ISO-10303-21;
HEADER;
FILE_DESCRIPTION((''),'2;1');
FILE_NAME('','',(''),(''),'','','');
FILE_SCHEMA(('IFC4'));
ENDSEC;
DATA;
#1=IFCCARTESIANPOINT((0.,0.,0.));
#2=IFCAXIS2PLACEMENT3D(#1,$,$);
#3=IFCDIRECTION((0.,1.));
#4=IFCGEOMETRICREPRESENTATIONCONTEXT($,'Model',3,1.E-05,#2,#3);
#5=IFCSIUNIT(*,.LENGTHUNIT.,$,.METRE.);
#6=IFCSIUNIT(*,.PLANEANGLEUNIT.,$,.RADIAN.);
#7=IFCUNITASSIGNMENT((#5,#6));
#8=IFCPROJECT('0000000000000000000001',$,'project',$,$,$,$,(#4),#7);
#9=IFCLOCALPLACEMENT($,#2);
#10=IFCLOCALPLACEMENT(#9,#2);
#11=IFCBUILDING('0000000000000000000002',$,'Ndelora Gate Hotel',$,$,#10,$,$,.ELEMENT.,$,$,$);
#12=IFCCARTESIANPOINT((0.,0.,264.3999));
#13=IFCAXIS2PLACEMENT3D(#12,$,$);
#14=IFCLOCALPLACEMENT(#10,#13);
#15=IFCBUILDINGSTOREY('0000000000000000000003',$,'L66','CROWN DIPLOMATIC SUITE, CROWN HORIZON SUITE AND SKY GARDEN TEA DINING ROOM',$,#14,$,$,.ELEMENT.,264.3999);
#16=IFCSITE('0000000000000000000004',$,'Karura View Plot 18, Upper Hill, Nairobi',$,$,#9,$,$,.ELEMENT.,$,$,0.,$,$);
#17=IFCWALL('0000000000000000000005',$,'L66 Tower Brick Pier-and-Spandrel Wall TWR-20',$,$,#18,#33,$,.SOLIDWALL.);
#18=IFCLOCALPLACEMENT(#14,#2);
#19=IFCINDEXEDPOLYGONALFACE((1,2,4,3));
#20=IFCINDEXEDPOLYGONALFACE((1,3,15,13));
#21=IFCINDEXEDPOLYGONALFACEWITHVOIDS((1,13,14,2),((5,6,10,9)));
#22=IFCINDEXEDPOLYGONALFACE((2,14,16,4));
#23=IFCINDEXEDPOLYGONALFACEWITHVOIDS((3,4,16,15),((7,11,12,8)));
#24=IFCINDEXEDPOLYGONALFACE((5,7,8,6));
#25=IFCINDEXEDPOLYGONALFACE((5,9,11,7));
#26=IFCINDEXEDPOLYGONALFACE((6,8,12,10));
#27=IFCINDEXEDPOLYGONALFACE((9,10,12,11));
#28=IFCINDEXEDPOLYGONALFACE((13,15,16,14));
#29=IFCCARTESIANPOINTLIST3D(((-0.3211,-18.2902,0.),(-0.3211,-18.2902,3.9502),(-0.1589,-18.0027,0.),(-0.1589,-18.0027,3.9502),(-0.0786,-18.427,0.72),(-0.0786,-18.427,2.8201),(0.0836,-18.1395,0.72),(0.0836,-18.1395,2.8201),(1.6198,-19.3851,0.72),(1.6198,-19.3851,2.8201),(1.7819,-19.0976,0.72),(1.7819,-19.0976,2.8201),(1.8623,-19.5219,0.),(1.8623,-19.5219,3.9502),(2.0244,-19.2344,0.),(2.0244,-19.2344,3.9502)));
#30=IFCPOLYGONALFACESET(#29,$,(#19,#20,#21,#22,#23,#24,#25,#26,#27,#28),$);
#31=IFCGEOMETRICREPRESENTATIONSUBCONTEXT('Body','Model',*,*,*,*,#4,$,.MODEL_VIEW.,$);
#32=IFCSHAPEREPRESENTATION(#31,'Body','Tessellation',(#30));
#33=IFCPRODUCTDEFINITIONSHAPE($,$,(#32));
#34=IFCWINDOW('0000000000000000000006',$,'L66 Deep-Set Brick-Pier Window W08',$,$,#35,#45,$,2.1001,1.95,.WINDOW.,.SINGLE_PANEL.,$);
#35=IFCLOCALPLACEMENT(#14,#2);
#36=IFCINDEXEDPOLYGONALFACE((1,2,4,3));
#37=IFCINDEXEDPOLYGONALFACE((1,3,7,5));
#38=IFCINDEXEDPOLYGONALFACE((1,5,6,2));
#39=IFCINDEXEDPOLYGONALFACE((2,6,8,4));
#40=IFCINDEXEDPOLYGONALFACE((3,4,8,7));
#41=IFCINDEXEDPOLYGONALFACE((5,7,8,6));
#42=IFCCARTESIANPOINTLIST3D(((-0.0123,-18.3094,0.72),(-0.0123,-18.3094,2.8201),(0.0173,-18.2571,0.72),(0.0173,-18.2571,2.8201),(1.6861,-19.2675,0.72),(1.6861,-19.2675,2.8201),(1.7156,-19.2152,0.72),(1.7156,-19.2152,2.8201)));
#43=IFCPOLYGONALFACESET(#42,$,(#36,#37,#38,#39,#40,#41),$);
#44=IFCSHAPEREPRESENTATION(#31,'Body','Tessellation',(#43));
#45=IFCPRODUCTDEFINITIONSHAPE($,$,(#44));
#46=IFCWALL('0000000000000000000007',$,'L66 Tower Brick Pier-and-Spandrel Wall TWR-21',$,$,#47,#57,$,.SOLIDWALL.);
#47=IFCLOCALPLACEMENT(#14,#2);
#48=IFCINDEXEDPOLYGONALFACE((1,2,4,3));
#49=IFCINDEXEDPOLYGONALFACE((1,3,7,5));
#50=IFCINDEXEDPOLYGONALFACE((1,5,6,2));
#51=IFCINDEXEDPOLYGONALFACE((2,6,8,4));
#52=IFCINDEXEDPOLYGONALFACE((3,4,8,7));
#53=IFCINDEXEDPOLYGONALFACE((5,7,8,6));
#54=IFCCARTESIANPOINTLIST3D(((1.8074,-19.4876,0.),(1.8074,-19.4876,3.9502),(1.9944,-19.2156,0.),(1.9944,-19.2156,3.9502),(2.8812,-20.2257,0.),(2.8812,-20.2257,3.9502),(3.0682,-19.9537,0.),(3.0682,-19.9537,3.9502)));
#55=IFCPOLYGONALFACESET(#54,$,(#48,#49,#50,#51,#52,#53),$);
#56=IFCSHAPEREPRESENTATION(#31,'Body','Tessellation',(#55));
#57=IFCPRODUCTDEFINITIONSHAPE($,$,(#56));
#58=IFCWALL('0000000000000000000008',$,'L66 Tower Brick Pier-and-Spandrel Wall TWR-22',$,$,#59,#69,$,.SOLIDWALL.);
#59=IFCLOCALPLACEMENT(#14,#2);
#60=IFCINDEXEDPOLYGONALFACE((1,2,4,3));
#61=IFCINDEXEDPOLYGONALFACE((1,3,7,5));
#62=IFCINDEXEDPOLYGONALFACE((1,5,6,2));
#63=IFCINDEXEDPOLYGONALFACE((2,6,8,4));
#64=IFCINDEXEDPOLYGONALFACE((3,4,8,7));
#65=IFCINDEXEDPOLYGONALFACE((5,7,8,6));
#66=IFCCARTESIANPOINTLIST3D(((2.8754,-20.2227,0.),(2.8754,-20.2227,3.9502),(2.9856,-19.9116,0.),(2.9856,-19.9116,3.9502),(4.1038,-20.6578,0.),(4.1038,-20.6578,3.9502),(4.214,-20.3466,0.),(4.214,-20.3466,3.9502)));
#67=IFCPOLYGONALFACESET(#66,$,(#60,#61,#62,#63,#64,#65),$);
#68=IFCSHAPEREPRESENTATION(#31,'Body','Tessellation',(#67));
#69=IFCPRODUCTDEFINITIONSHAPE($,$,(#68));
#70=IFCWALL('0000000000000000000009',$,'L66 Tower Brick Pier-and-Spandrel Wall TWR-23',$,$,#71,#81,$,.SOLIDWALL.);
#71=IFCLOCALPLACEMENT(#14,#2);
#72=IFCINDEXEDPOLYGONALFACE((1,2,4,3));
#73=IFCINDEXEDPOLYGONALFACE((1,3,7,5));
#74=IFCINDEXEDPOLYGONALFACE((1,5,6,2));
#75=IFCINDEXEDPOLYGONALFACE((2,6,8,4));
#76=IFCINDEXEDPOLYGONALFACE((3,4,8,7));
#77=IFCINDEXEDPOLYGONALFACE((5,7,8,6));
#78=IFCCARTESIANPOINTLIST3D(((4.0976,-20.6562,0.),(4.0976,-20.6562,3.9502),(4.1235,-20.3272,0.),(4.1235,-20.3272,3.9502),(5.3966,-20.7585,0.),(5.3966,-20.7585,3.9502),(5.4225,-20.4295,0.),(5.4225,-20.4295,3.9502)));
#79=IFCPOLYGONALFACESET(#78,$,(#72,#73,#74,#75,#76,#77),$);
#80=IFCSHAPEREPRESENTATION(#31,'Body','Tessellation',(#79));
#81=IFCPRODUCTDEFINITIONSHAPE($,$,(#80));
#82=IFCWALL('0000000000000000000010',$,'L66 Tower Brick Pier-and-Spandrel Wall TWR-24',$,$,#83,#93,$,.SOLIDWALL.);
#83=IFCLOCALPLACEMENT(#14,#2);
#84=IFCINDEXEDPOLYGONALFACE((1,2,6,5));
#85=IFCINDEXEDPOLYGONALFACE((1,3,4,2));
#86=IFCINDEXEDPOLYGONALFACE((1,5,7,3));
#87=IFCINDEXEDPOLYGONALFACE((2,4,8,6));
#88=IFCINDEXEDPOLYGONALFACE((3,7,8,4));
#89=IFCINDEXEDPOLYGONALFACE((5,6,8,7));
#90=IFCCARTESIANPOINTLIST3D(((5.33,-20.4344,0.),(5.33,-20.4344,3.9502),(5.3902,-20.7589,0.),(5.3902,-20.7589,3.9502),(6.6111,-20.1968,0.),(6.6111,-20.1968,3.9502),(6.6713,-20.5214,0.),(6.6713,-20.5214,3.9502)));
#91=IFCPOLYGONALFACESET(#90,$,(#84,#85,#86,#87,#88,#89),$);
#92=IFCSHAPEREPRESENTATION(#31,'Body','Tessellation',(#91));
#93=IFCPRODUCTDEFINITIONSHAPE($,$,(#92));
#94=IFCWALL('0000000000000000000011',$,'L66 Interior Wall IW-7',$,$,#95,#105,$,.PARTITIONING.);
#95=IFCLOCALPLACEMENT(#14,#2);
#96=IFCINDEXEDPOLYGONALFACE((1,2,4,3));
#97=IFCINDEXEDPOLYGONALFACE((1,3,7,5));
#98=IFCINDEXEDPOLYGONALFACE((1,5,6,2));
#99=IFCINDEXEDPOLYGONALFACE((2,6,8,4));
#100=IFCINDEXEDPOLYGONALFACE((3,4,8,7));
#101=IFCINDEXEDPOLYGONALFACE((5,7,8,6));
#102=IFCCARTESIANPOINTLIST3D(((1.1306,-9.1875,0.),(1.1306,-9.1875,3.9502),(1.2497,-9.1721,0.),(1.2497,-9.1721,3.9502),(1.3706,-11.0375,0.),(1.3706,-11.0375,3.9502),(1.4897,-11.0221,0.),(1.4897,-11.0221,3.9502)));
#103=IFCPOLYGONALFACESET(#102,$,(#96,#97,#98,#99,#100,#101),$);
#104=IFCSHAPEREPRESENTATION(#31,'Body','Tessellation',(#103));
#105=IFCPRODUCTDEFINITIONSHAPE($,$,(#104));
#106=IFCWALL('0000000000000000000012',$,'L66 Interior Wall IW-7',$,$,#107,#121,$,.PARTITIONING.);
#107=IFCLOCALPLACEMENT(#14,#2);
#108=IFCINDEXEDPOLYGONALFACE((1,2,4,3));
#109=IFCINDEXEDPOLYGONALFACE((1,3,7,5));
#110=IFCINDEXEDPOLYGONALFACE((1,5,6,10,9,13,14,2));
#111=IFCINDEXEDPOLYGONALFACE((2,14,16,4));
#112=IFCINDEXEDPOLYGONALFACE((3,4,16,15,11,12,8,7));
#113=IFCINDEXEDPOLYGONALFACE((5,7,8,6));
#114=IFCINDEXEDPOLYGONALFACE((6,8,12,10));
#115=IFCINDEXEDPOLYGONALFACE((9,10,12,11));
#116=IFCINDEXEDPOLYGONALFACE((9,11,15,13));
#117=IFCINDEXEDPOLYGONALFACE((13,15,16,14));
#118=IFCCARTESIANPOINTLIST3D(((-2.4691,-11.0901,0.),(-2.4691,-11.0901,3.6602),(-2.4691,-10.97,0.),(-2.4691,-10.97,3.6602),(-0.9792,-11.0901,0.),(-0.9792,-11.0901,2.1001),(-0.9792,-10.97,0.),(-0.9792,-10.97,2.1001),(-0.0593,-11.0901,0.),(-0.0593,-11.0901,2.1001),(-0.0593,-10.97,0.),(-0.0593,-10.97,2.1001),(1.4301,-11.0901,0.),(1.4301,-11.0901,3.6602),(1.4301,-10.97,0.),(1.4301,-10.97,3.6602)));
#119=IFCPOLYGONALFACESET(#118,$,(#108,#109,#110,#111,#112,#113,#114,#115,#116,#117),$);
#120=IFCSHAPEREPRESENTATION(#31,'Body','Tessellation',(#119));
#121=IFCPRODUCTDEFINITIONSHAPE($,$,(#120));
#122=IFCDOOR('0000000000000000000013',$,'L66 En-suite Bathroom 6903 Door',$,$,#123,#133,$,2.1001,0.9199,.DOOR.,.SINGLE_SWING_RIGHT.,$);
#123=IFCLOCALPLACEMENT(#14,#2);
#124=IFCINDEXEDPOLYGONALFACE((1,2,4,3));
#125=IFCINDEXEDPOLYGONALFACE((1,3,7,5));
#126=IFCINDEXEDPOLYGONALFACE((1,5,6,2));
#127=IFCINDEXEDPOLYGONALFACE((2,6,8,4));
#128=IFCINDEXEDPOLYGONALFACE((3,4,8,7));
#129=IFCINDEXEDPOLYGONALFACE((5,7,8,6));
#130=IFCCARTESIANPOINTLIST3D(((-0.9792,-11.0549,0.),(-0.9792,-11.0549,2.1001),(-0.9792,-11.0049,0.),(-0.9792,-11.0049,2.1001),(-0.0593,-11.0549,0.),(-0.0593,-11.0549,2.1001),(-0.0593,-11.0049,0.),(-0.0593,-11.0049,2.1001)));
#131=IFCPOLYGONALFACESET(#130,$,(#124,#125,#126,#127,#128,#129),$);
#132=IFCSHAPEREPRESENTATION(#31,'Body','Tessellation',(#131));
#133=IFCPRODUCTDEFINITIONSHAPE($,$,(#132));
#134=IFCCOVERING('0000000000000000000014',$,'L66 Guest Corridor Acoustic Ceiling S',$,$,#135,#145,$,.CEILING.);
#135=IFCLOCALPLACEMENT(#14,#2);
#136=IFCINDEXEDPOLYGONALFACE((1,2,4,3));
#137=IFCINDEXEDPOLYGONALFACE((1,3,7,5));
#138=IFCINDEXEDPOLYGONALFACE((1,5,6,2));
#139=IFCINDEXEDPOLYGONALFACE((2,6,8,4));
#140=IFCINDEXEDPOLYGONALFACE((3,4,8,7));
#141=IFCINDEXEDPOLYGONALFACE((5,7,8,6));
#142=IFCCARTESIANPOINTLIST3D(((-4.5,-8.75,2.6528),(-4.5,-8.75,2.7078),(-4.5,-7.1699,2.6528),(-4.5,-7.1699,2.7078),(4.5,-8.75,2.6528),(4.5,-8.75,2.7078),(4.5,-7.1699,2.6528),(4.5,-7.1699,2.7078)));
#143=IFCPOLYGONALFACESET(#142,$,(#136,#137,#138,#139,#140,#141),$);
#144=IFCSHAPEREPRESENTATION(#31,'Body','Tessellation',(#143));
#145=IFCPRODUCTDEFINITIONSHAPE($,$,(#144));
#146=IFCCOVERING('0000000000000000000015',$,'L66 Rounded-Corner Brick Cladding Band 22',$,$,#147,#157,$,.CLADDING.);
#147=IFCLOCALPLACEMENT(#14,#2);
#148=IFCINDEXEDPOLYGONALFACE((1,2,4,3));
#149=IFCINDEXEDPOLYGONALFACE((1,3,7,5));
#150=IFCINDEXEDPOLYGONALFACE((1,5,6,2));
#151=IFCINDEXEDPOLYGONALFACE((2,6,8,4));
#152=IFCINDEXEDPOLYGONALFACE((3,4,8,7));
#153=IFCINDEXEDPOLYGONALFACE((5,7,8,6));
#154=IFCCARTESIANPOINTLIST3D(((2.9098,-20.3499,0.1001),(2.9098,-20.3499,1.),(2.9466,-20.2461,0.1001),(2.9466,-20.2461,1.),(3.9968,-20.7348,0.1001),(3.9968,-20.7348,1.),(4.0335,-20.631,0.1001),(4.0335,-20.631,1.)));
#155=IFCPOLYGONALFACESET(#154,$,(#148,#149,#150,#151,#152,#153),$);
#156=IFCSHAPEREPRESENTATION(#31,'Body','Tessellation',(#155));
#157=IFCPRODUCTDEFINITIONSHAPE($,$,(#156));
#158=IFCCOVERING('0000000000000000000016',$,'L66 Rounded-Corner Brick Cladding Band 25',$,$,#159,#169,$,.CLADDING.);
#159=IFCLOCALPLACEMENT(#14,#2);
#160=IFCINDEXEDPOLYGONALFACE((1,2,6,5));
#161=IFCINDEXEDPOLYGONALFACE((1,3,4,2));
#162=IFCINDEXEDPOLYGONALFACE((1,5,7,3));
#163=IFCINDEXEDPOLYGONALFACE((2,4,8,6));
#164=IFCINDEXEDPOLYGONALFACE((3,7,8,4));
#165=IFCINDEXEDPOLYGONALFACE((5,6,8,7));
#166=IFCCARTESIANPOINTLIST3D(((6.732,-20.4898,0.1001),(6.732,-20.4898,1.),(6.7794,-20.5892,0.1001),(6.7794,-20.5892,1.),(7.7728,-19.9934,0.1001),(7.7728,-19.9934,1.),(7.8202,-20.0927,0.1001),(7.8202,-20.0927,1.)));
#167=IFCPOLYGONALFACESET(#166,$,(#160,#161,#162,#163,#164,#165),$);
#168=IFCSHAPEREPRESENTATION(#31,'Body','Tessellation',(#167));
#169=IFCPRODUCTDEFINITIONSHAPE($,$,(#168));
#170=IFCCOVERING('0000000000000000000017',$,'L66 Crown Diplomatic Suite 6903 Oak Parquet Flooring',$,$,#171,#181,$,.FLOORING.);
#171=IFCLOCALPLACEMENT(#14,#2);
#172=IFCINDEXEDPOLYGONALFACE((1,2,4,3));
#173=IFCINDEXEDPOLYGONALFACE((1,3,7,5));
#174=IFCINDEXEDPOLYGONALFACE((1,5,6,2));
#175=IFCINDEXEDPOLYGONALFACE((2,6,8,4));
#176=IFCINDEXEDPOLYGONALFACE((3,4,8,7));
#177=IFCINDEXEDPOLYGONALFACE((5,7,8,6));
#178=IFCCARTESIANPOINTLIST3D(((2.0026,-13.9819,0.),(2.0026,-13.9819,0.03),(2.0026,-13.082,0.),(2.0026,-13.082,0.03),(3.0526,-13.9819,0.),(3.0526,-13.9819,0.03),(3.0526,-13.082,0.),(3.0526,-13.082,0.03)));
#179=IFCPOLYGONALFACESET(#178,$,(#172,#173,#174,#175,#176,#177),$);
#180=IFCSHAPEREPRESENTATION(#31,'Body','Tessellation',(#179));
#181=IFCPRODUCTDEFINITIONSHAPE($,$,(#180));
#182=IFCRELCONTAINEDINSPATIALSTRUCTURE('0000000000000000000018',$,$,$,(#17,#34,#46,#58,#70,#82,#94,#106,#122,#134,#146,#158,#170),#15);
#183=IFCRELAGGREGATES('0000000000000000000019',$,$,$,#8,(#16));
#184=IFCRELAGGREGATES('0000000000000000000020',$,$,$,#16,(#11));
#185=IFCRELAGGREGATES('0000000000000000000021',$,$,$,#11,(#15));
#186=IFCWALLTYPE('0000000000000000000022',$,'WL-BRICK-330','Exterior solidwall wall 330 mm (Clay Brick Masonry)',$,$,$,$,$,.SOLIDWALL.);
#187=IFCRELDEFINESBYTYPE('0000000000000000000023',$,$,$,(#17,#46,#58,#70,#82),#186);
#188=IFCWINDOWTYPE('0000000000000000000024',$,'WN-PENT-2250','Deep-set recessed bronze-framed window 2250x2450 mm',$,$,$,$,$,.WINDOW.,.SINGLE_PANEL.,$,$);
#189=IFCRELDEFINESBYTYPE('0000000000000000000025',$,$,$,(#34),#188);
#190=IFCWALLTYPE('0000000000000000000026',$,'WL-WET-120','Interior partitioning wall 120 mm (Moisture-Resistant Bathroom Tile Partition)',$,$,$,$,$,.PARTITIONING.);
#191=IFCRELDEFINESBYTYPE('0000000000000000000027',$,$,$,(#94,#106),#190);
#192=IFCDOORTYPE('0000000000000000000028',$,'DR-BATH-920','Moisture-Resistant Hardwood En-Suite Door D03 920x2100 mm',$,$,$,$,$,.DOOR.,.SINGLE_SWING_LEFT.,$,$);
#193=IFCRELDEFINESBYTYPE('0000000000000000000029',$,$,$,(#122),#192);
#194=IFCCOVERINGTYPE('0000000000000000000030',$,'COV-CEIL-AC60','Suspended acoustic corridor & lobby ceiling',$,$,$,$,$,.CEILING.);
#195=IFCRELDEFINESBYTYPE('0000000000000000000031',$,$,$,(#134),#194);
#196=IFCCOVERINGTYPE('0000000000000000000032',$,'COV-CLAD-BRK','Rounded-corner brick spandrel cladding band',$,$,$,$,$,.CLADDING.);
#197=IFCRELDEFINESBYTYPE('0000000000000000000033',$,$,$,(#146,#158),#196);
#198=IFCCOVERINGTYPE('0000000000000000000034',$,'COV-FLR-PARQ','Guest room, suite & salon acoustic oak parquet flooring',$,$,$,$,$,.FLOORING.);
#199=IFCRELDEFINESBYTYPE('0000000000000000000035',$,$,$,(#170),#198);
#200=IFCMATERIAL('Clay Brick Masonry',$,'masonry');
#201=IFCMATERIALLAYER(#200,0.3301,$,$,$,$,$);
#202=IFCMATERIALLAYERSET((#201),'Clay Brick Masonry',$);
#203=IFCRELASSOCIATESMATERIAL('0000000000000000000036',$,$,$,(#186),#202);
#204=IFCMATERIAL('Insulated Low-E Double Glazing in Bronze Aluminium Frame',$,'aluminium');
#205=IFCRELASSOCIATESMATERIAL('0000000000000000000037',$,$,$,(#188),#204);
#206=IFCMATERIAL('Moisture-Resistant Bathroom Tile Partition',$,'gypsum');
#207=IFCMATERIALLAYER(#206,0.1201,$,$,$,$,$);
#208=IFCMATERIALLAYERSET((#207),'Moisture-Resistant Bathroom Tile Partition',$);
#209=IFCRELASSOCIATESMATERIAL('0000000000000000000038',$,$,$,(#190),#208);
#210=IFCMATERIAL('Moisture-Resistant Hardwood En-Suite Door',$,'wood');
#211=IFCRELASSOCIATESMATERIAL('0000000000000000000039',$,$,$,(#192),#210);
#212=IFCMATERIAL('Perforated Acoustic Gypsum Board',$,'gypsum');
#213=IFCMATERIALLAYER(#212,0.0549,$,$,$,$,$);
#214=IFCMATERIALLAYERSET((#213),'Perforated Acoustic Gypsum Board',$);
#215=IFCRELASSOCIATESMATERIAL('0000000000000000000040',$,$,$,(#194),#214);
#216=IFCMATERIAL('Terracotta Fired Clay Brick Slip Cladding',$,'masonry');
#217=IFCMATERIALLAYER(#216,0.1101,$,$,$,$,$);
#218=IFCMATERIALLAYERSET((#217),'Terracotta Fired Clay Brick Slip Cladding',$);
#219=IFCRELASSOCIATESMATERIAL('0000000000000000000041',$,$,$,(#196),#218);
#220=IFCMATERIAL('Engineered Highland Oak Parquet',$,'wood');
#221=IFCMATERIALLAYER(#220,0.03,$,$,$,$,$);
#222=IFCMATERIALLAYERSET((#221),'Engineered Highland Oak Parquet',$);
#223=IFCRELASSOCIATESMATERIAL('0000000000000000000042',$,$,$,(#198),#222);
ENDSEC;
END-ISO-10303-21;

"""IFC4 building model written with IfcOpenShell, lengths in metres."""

from ifc_helpers import new_model, si_unit, direction, frame, frame_2d, origin, origin_2d, place, context, subcontext, project, spatial, rectangle, extrude, material, layer, layer_set, type_object, element, fill, save


model = new_model("IFC4")

# Units and contexts
model_context = context("Model", 3, precision=1e-05, world=origin(), true_north=direction((0.0, 1.0)))
body_context = subcontext(model_context, "Body", "Model", "MODEL_VIEW")
ifc_project = project(units=[si_unit("LENGTHUNIT", "METRE"), si_unit("PLANEANGLEUNIT", "RADIAN")], contexts=[model_context])

# Site, building, storey
site_placement = place(None, origin())
site = spatial("IfcSite", under=ifc_project, at=site_placement, Name="Karura View Plot 18, Upper Hill, Nairobi", CompositionType="ELEMENT", RefElevation=0.0)
building_placement = place(site_placement, origin())
building = spatial("IfcBuilding", under=site, at=building_placement, Name="Ndelora Gate Hotel", CompositionType="ELEMENT")
storey_placement = place(building_placement, frame((0.0, 0.0, 264.3999)))
storey = spatial("IfcBuildingStorey", under=building, at=storey_placement, Name="L66", Description="CROWN DIPLOMATIC SUITE, CROWN HORIZON SUITE AND SKY GARDEN TEA DINING ROOM", CompositionType="ELEMENT", Elevation=264.3999)

# Wall, opening, window
ifc_material_1 = material(Name="Clay Brick Masonry", Category="masonry")
ifc_layer_1 = layer(ifc_material_1, 0.3301)
ifc_layer_set_1 = layer_set([ifc_layer_1], Name="Clay Brick Masonry")
wall_type_1 = type_object("IfcWallType", Name="WL-BRICK-330", Description="Exterior solidwall wall 330 mm (Clay Brick Masonry)", PredefinedType="SOLIDWALL", material=ifc_layer_set_1)
ifc_material_2 = material(Name="Insulated Low-E Double Glazing in Bronze Aluminium Frame", Category="aluminium")
window_type = type_object("IfcWindowType", Name="WN-PENT-2250", Description="Deep-set recessed bronze-framed window 2250x2450 mm", PartitioningType="SINGLE_PANEL", PredefinedType="WINDOW", material=ifc_material_2)
wall_1_placement = place(storey_placement, frame((1.9434, -19.3782, 0.0), z_axis=(0.0, 0.0, 1.0), x_axis=(-0.870969, 0.491338, 0.0)))
wall_1 = element("IfcWall", 1, at=wall_1_placement, inside=storey, type_object=wall_type_1, Name="L66 Tower Brick Pier-and-Spandrel Wall TWR-20", PredefinedType="SOLIDWALL", context=body_context, shape_type="SweptSolid", body=[
    extrude(rectangle(XDim=2.5068, YDim=0.3301, at=frame_2d((1.2534, 0.0))), origin(), (0.0, 0.0, 1.0), 3.9502),
])
opening_1_placement = place(wall_1_placement, frame((0.2783, 0.0, 0.72)))
opening_1 = element("IfcOpeningElement", 2, at=opening_1_placement, cuts=wall_1, PredefinedType="OPENING", context=body_context, shape_type="SweptSolid", body=[
    extrude(rectangle(XDim=1.95, YDim=2.1001, at=frame_2d((0.9751, 1.05))), frame((0.0, 0.175, 0.0), z_axis=(0.0, -1.0, 0.0), x_axis=(1.0, 0.0, 0.0)), (0.0, 0.0, 1.0), 0.3501),
])
window_1_placement = place(opening_1_placement, origin())
window_1 = element("IfcWindow", 3, at=window_1_placement, inside=storey, type_object=window_type, Name="L66 Deep-Set Brick-Pier Window W08", OverallHeight=2.1001, OverallWidth=1.95, PartitioningType="SINGLE_PANEL", PredefinedType="WINDOW", context=body_context, shape_type="SweptSolid", body=[
    extrude(rectangle(XDim=1.95, YDim=2.1001, at=frame_2d((0.9751, 1.05))), frame((0.0, 0.03, 0.0), z_axis=(0.0, -1.0, 0.0), x_axis=(1.0, 0.0, 0.0)), (0.0, 0.0, 1.0), 0.0601),
])
fill(opening_1, window_1)

# Walls
wall_2_placement = place(storey_placement, frame((2.9746, -20.0896, 0.0), z_axis=(0.0, 0.0, 1.0), x_axis=(-0.824097, 0.566449, 0.0)))
element("IfcWall", 4, at=wall_2_placement, inside=storey, type_object=wall_type_1, Name="L66 Tower Brick Pier-and-Spandrel Wall TWR-21", PredefinedType="SOLIDWALL", context=body_context, shape_type="SweptSolid", body=[
    extrude(rectangle(XDim=1.303, YDim=0.3301, at=frame_2d((0.6514, 0.0))), origin(), (0.0, 0.0, 1.0), 3.9502),
])
wall_3_placement = place(storey_placement, frame((4.1589, -20.5022, 0.0), z_axis=(0.0, 0.0, 1.0), x_axis=(-0.942637, 0.333819, 0.0)))
element("IfcWall", 5, at=wall_3_placement, inside=storey, type_object=wall_type_1, Name="L66 Tower Brick Pier-and-Spandrel Wall TWR-22", PredefinedType="SOLIDWALL", context=body_context, shape_type="SweptSolid", body=[
    extrude(rectangle(XDim=1.3032, YDim=0.3301, at=frame_2d((0.6516, 0.0))), origin(), (0.0, 0.0, 1.0), 3.9502),
])
for number, where, z_axis, x_axis, name in (
    (6, (5.4094, -20.594, 0.0), (0.0, 0.0, 1.0), (-0.996914, 0.078502, 0.0), "L66 Tower Brick Pier-and-Spandrel Wall TWR-23"),
    (7, (6.6411, -20.3591, 0.0), (0.0, 0.0, 1.0), (-0.983243, -0.182297, 0.0), "L66 Tower Brick Pier-and-Spandrel Wall TWR-24"),
):
    element("IfcWall", number, at=place(storey_placement, frame(where, z_axis=z_axis, x_axis=x_axis)), inside=storey, type_object=wall_type_1, Name=name, PredefinedType="SOLIDWALL", context=body_context, shape_type="SweptSolid", body=[
        extrude(rectangle(XDim=1.303, YDim=0.3301, at=frame_2d((0.6514, 0.0))), origin(), (0.0, 0.0, 1.0), 3.9502),
    ])
ifc_material_3 = material(Name="Moisture-Resistant Bathroom Tile Partition", Category="gypsum")
ifc_layer_2 = layer(ifc_material_3, 0.1201)
ifc_layer_set_2 = layer_set([ifc_layer_2], Name="Moisture-Resistant Bathroom Tile Partition")
wall_type_2 = type_object("IfcWallType", Name="WL-WET-120", Description="Interior partitioning wall 120 mm (Moisture-Resistant Bathroom Tile Partition)", PredefinedType="PARTITIONING", material=ifc_layer_set_2)
wall_4_placement = place(storey_placement, frame((1.1902, -9.1799, 0.0), z_axis=(0.0, 0.0, 1.0), x_axis=(0.12864, -0.991691, 0.0)))
element("IfcWall", 8, at=wall_4_placement, inside=storey, type_object=wall_type_2, Name="L66 Interior Wall IW-7", PredefinedType="PARTITIONING", context=body_context, shape_type="SweptSolid", body=[
    extrude(rectangle(XDim=1.8655, YDim=0.1201, at=frame_2d((0.9326, 0.0))), origin(), (0.0, 0.0, 1.0), 3.9502),
])

# Wall, opening, door
wall_5_placement = place(storey_placement, frame((1.4302, -11.03, 0.0), z_axis=(0.0, 0.0, 1.0), x_axis=(-1.0, 0.0, 0.0)))
wall_5 = element("IfcWall", 9, at=wall_5_placement, inside=storey, type_object=wall_type_2, Name="L66 Interior Wall IW-7", PredefinedType="PARTITIONING", context=body_context, shape_type="SweptSolid", body=[
    extrude(rectangle(XDim=3.8992, YDim=0.1201, at=frame_2d((1.9497, 0.0))), origin(), (0.0, 0.0, 1.0), 3.6602),
])
opening_2_placement = place(wall_5_placement, frame((1.4895, 0.0, 0.0)))
opening_2 = element("IfcOpeningElement", 10, at=opening_2_placement, cuts=wall_5, PredefinedType="OPENING", context=body_context, shape_type="SweptSolid", body=[
    extrude(rectangle(XDim=0.9199, YDim=2.1001, at=frame_2d((0.46, 1.05))), frame((0.0, 0.0701, 0.0), z_axis=(0.0, -1.0, 0.0), x_axis=(1.0, 0.0, 0.0)), (0.0, 0.0, 1.0), 0.1401),
])
ifc_material_4 = material(Name="Moisture-Resistant Hardwood En-Suite Door", Category="wood")
door_type = type_object("IfcDoorType", Name="DR-BATH-920", Description="Moisture-Resistant Hardwood En-Suite Door D03 920x2100 mm", OperationType="SINGLE_SWING_LEFT", PredefinedType="DOOR", material=ifc_material_4)
door_placement = place(opening_2_placement, origin())
door = element("IfcDoor", 11, at=door_placement, inside=storey, type_object=door_type, Name="L66 En-suite Bathroom 6903 Door", OperationType="SINGLE_SWING_RIGHT", OverallHeight=2.1001, OverallWidth=0.9199, PredefinedType="DOOR", context=body_context, shape_type="SweptSolid", body=[
    extrude(rectangle(XDim=0.9199, YDim=2.1001, at=frame_2d((0.46, 1.05))), frame((0.0, 0.0249, 0.0), z_axis=(0.0, -1.0, 0.0), x_axis=(1.0, 0.0, 0.0)), (0.0, 0.0, 1.0), 0.05),
])
fill(opening_2, door)

# Coverings
ifc_material_5 = material(Name="Perforated Acoustic Gypsum Board", Category="gypsum")
ifc_layer_3 = layer(ifc_material_5, 0.0549)
ifc_layer_set_3 = layer_set([ifc_layer_3], Name="Perforated Acoustic Gypsum Board")
covering_type_1 = type_object("IfcCoveringType", Name="COV-CEIL-AC60", Description="Suspended acoustic corridor & lobby ceiling", PredefinedType="CEILING", material=ifc_layer_set_3)
covering_1_placement = place(storey_placement, frame((0.0, -7.96, 2.6528), z_axis=(0.0, 0.0, 1.0), x_axis=(1.0, 0.0, 0.0)))
element("IfcCovering", 12, at=covering_1_placement, inside=storey, type_object=covering_type_1, Name="L66 Guest Corridor Acoustic Ceiling S", PredefinedType="CEILING", context=body_context, shape_type="SweptSolid", body=[
    extrude(rectangle(XDim=9.0, YDim=1.5801, at=origin_2d()), origin(), (0.0, 0.0, 1.0), 0.0549),
])
ifc_material_6 = material(Name="Terracotta Fired Clay Brick Slip Cladding", Category="masonry")
ifc_layer_4 = layer(ifc_material_6, 0.1101)
ifc_layer_set_4 = layer_set([ifc_layer_4], Name="Terracotta Fired Clay Brick Slip Cladding")
covering_type_2 = type_object("IfcCoveringType", Name="COV-CLAD-BRK", Description="Rounded-corner brick spandrel cladding band", PredefinedType="CLADDING", material=ifc_layer_set_4)
for number, where, z_axis, x_axis, name in (
    (13, (3.4717, -20.4905, 0.1001), (0.0, 0.0, 1.0), (-0.942641, 0.333807, 0.0), "L66 Rounded-Corner Brick Cladding Band 22"),
    (14, (7.2761, -20.2913, 0.1001), (0.0, 0.0, 1.0), (0.902585, 0.430511, 0.0), "L66 Rounded-Corner Brick Cladding Band 25"),
):
    element("IfcCovering", number, at=place(storey_placement, frame(where, z_axis=z_axis, x_axis=x_axis)), inside=storey, type_object=covering_type_2, Name=name, PredefinedType="CLADDING", context=body_context, shape_type="SweptSolid", body=[
        extrude(rectangle(XDim=1.1531, YDim=0.1101, at=origin_2d()), origin(), (0.0, 0.0, 1.0), 0.8999),
    ])
ifc_material_7 = material(Name="Engineered Highland Oak Parquet", Category="wood")
ifc_layer_5 = layer(ifc_material_7, 0.03)
ifc_layer_set_5 = layer_set([ifc_layer_5], Name="Engineered Highland Oak Parquet")
covering_type_3 = type_object("IfcCoveringType", Name="COV-FLR-PARQ", Description="Guest room, suite & salon acoustic oak parquet flooring", PredefinedType="FLOORING", material=ifc_layer_set_5)
covering_2_placement = place(storey_placement, frame((2.5276, -13.532, 0.0), z_axis=(0.0, 0.0, 1.0), x_axis=(1.0, 0.0, 0.0)))
element("IfcCovering", 15, at=covering_2_placement, inside=storey, type_object=covering_type_3, Name="L66 Crown Diplomatic Suite 6903 Oak Parquet Flooring", PredefinedType="FLOORING", context=body_context, shape_type="SweptSolid", body=[
    extrude(rectangle(XDim=1.05, YDim=0.8999, at=origin_2d()), origin(), (0.0, 0.0, 1.0), 0.03),
])

save(model, "model.ifc")
